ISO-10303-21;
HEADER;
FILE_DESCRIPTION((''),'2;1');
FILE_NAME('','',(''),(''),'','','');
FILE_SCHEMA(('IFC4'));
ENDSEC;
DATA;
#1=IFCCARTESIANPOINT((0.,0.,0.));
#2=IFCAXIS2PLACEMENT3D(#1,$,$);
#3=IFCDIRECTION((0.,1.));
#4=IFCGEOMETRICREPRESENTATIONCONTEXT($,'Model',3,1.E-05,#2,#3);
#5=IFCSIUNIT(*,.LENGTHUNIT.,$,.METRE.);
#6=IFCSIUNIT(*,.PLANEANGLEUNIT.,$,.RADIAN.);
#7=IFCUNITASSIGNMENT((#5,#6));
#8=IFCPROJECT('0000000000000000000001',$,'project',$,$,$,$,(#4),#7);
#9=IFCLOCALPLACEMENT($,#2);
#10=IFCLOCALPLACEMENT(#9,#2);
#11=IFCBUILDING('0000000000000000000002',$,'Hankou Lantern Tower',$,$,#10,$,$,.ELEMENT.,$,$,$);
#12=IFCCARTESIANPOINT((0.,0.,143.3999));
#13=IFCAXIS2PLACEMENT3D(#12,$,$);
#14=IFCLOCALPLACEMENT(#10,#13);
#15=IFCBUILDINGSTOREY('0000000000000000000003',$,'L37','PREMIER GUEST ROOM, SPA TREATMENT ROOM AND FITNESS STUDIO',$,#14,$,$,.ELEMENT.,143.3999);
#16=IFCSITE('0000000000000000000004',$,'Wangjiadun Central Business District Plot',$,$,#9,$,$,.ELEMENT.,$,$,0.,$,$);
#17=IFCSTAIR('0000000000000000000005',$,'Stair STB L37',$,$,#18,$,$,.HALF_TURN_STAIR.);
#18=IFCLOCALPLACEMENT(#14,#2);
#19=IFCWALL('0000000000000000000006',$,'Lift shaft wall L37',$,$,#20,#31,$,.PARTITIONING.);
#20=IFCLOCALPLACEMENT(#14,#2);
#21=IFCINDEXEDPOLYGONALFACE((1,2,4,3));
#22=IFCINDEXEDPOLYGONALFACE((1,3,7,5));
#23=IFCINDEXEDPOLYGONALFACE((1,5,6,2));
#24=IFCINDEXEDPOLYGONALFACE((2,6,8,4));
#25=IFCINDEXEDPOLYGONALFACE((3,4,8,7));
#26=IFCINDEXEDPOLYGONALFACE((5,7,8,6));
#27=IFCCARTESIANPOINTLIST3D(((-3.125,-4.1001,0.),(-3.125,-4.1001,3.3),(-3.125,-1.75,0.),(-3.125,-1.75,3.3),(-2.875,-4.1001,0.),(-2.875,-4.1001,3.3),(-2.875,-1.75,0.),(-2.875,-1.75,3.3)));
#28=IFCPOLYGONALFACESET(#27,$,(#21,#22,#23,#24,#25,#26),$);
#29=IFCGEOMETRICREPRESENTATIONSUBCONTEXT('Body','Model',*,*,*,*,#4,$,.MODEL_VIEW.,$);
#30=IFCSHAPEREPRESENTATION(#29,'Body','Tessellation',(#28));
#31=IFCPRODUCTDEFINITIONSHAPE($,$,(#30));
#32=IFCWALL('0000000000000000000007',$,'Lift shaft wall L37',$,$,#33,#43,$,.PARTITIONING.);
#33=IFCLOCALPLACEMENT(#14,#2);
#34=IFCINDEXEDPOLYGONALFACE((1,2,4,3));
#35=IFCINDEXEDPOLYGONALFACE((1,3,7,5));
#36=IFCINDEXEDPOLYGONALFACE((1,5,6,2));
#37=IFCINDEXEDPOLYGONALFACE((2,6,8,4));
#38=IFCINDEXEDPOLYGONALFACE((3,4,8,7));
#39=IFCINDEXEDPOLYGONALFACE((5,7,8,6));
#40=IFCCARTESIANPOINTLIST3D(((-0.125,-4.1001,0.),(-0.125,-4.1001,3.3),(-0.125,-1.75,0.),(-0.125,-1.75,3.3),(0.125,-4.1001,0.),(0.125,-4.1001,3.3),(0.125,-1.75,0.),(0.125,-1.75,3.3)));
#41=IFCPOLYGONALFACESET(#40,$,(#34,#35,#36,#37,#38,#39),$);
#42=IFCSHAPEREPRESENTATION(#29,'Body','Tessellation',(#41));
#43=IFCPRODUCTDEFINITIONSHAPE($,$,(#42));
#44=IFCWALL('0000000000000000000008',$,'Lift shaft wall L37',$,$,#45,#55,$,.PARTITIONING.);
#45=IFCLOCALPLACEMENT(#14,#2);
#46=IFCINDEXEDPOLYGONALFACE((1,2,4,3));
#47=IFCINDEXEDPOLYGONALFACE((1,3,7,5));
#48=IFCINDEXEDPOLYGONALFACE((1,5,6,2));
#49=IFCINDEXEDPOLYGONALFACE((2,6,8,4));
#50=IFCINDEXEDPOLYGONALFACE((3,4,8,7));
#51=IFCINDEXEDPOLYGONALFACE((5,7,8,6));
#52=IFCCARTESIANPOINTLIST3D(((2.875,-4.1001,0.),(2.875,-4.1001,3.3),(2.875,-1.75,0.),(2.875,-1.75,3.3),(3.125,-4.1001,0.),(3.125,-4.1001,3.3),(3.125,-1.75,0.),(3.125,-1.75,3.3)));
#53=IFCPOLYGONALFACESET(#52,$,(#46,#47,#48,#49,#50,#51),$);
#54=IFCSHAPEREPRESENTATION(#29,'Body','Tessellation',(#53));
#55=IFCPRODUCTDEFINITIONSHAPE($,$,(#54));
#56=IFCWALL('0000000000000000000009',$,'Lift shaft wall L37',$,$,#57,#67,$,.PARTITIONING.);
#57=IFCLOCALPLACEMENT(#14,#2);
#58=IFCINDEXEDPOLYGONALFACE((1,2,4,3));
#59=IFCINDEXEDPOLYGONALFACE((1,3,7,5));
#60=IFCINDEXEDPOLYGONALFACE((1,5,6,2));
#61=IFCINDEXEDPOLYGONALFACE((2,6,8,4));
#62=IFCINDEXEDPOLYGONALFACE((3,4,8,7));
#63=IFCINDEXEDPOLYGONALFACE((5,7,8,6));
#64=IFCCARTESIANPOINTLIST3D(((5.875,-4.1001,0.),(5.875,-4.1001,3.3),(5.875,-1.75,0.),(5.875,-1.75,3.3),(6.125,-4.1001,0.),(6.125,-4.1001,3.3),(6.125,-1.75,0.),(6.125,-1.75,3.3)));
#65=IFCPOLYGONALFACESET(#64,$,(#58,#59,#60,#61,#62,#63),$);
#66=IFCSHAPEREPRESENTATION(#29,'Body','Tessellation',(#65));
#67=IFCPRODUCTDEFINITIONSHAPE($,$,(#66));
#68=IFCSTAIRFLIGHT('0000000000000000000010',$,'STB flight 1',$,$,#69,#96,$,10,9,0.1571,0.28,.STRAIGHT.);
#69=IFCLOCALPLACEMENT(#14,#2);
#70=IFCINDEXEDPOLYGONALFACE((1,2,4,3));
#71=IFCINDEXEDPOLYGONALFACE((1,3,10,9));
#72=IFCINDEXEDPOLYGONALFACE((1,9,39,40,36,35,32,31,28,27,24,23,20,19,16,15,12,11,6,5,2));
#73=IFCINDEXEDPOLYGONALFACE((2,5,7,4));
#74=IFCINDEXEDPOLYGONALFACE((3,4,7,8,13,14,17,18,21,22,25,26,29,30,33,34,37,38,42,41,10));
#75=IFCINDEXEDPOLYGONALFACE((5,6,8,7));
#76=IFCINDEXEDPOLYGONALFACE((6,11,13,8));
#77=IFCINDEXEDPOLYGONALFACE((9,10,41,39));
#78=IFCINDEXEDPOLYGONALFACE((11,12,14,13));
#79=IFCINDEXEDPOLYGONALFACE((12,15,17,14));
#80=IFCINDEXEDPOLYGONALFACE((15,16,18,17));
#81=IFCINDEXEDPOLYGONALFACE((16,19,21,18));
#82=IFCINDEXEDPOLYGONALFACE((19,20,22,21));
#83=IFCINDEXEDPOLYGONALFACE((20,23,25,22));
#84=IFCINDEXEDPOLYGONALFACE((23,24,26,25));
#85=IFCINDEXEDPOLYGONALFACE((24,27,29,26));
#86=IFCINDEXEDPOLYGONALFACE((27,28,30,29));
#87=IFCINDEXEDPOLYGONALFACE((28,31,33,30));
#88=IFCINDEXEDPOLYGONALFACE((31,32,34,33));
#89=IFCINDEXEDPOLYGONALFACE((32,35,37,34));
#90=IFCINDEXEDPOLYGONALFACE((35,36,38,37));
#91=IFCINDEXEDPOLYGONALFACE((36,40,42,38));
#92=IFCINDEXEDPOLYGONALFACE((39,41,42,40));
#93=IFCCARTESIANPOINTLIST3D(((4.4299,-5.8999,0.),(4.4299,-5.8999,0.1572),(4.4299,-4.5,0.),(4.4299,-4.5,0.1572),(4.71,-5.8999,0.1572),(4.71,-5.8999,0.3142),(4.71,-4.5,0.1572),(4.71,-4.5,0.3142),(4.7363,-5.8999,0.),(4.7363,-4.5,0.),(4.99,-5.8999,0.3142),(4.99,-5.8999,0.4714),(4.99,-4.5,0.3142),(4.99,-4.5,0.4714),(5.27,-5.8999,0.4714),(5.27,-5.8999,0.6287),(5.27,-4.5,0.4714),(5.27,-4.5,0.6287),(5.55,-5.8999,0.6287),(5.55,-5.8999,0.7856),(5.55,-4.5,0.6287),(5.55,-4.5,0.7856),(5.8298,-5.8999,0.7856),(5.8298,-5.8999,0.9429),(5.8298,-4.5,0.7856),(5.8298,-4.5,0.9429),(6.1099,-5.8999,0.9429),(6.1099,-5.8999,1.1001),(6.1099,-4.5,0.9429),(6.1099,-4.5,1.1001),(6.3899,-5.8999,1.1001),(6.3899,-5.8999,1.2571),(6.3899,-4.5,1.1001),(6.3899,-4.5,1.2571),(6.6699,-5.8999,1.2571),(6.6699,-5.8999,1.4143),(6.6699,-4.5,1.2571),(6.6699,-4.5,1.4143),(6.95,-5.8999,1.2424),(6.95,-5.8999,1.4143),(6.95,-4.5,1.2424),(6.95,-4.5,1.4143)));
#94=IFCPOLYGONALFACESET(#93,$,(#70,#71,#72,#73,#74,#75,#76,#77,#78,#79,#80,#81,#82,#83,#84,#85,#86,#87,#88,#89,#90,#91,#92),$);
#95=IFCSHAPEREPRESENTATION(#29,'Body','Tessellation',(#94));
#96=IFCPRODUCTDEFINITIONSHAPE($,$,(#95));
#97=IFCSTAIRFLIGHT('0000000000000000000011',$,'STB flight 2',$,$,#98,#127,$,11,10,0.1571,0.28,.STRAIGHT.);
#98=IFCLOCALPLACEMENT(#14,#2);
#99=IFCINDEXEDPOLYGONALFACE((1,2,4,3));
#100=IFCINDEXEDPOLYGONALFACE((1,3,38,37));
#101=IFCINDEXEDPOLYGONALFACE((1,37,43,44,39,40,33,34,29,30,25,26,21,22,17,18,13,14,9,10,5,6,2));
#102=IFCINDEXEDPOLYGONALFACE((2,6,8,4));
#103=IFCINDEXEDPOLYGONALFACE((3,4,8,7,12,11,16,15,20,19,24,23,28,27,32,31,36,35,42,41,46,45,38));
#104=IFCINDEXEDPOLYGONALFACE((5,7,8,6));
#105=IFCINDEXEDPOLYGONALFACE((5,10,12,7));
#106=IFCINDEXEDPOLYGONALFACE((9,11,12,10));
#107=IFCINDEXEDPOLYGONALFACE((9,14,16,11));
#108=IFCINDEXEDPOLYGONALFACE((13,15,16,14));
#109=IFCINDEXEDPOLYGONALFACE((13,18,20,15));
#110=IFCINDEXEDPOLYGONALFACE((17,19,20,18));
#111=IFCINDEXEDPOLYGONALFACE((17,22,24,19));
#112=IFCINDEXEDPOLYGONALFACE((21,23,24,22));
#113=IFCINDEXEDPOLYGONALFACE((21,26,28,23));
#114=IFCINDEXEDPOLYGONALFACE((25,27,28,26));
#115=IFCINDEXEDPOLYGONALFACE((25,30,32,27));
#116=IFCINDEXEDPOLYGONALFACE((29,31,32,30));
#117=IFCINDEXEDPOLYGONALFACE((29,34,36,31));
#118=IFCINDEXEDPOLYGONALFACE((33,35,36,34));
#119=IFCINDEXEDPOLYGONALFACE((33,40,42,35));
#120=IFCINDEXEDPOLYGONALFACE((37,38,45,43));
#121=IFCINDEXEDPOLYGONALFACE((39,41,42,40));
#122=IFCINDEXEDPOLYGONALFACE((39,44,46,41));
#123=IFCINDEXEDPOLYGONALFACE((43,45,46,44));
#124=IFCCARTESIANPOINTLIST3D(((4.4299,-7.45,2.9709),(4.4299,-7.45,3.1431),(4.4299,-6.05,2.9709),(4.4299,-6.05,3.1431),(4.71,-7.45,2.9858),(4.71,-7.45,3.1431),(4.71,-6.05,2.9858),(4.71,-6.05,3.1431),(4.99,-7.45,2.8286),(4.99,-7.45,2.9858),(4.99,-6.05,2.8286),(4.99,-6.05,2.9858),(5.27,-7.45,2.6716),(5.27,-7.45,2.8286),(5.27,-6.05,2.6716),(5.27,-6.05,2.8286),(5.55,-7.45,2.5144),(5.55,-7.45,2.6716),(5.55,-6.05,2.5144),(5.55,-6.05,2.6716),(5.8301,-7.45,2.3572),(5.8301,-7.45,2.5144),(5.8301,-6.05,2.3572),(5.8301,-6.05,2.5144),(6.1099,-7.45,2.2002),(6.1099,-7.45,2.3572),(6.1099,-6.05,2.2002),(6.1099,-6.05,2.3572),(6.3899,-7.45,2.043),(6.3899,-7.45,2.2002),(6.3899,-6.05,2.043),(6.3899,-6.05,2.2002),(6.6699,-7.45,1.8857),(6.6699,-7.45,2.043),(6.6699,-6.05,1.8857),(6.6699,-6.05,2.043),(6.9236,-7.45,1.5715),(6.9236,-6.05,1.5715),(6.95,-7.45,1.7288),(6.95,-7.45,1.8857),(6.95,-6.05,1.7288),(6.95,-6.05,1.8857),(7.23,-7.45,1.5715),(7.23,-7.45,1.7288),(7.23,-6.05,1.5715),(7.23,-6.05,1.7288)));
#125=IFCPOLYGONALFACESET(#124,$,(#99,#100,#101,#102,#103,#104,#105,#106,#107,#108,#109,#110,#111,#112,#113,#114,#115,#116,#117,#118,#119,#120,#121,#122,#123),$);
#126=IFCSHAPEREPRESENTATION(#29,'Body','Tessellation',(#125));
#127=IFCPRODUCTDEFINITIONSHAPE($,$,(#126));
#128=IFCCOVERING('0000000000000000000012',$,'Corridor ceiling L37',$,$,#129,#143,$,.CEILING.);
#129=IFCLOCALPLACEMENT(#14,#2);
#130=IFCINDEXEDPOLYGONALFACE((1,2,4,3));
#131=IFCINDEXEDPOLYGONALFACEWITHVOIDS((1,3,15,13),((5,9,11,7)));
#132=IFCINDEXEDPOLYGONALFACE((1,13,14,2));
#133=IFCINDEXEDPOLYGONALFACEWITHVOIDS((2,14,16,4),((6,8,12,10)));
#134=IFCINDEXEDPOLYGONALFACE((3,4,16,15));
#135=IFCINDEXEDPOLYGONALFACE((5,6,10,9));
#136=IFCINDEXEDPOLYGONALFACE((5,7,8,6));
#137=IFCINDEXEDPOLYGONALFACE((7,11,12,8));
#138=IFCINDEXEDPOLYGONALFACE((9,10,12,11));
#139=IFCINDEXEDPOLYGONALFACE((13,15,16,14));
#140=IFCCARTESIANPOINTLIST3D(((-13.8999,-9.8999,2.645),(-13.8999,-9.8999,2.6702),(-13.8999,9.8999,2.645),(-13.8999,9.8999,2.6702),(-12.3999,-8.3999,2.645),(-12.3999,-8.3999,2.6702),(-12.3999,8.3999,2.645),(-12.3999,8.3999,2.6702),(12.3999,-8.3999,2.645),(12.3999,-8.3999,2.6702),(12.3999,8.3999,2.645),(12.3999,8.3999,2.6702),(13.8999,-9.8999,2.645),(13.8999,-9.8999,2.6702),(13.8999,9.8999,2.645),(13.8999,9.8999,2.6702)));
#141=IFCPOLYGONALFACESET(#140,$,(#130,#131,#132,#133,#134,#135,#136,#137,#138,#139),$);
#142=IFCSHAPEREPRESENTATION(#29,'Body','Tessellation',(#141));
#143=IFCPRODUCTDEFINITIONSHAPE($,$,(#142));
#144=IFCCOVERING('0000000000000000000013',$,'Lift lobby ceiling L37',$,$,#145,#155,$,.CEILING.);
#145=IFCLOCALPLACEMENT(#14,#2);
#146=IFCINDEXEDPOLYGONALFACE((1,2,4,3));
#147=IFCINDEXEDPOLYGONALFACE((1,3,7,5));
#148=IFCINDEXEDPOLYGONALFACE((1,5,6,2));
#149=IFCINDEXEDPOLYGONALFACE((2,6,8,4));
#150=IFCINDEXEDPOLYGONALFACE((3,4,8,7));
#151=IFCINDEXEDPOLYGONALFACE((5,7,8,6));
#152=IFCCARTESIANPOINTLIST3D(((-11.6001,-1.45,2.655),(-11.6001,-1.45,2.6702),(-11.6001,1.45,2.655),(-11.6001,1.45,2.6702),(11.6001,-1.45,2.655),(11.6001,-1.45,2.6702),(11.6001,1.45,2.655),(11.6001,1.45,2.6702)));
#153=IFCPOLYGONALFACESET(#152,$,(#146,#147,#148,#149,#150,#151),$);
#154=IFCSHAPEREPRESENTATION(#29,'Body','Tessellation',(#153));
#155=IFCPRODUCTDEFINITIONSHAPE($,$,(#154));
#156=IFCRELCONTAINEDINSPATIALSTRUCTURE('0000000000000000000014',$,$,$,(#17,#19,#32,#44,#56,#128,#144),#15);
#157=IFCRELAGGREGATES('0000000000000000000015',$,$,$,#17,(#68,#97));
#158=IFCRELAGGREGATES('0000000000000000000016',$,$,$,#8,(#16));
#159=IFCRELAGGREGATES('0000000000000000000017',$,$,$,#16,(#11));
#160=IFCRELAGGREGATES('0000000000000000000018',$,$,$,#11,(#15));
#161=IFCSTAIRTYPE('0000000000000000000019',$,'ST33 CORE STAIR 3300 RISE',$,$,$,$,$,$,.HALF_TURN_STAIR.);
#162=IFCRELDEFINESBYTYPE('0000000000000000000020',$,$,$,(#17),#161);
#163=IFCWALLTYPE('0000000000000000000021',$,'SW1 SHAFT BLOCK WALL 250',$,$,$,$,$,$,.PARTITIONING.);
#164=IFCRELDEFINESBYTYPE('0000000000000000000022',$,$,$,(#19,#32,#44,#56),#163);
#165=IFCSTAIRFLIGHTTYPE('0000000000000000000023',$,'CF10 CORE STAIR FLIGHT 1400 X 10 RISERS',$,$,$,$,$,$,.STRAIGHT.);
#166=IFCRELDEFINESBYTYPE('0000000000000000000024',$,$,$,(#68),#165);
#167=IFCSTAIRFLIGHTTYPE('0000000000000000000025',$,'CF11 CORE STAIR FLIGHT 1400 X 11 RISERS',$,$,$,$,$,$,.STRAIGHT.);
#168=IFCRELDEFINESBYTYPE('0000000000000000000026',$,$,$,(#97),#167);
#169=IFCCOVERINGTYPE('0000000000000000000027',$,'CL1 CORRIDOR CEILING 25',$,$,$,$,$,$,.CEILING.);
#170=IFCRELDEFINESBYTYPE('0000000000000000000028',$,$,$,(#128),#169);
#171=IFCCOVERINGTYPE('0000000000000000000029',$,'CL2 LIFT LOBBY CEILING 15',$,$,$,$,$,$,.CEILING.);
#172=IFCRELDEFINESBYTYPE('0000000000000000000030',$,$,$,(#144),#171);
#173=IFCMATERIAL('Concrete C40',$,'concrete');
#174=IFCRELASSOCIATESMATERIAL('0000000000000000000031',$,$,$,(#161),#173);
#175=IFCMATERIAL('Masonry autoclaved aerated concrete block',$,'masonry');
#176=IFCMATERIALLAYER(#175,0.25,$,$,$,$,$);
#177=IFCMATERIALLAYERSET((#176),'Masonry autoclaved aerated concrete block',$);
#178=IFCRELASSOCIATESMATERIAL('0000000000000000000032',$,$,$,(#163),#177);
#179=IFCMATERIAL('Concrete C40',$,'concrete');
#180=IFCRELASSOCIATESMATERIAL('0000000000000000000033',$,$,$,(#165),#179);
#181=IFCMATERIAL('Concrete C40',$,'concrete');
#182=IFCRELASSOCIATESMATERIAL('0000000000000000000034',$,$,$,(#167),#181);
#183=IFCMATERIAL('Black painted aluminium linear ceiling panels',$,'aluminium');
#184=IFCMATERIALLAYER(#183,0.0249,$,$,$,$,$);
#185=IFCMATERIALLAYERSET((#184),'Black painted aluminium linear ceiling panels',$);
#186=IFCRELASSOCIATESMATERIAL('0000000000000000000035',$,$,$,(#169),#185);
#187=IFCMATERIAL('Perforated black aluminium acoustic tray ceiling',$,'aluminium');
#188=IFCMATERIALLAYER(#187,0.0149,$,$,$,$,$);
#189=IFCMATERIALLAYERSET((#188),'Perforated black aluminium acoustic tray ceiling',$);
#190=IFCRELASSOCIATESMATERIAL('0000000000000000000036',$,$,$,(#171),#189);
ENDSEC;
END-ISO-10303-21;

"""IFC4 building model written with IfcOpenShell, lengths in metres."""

from ifc_helpers import new_model, si_unit, direction, frame, frame_2d, origin, place, context, subcontext, project, spatial, polyline, rectangle, outline, extrude, material, layer, layer_set, type_object, element, aggregate, save


model = new_model("IFC4")

# Units and contexts
model_context = context("Model", 3, precision=1e-05, world=origin(), true_north=direction((0.0, 1.0)))
body_context = subcontext(model_context, "Body", "Model", "MODEL_VIEW")
ifc_project = project(units=[si_unit("LENGTHUNIT", "METRE"), si_unit("PLANEANGLEUNIT", "RADIAN")], contexts=[model_context])

# Site, building, storey
site_placement = place(None, origin())
site = spatial("IfcSite", under=ifc_project, at=site_placement, Name="Wangjiadun Central Business District Plot", CompositionType="ELEMENT", RefElevation=0.0)
building_placement = place(site_placement, origin())
building = spatial("IfcBuilding", under=site, at=building_placement, Name="Hankou Lantern Tower", CompositionType="ELEMENT")
storey_placement = place(building_placement, frame((0.0, 0.0, 143.3999)))
storey = spatial("IfcBuildingStorey", under=building, at=storey_placement, Name="L37", Description="PREMIER GUEST ROOM, SPA TREATMENT ROOM AND FITNESS STUDIO", CompositionType="ELEMENT", Elevation=143.3999)

# Stair
ifc_material_1 = material(Name="Concrete C40", Category="concrete")
stair_type = type_object("IfcStairType", Name="ST33 CORE STAIR 3300 RISE", PredefinedType="HALF_TURN_STAIR", material=ifc_material_1)
stair_1_placement = place(storey_placement, origin())
stair_1 = element("IfcStair", 1, at=stair_1_placement, inside=storey, type_object=stair_type, Name="Stair STB L37", PredefinedType="HALF_TURN_STAIR")

# Walls
ifc_material_2 = material(Name="Masonry autoclaved aerated concrete block", Category="masonry")
ifc_layer_1 = layer(ifc_material_2, 0.25)
ifc_layer_set_1 = layer_set([ifc_layer_1], Name="Masonry autoclaved aerated concrete block")
wall_type_1 = type_object("IfcWallType", Name="SW1 SHAFT BLOCK WALL 250", PredefinedType="PARTITIONING", material=ifc_layer_set_1)
for number, where, z_axis, x_axis, name in (
    (2, (-3.0, -4.1001, 0.0), (0.0, 0.0, 1.0), (0.0, 1.0, 0.0), "Lift shaft wall L37"),
    (3, (0.0, -4.1001, 0.0), (0.0, 0.0, 1.0), (0.0, 1.0, 0.0), "Lift shaft wall L37"),
    (4, (3.0, -4.1001, 0.0), (0.0, 0.0, 1.0), (0.0, 1.0, 0.0), "Lift shaft wall L37"),
    (5, (6.0, -4.1001, 0.0), (0.0, 0.0, 1.0), (0.0, 1.0, 0.0), "Lift shaft wall L37"),
):
    element("IfcWall", number, at=place(storey_placement, frame(where, z_axis=z_axis, x_axis=x_axis)), inside=storey, type_object=wall_type_1, Name=name, PredefinedType="PARTITIONING", context=body_context, shape_type="SweptSolid", body=[
        extrude(rectangle(XDim=2.3501, YDim=0.25, at=frame_2d((1.175, 0.0))), origin(), (0.0, 0.0, 1.0), 3.3),
    ])

# Stair flights
ifc_material_3 = material(Name="Concrete C40", Category="concrete")
stair_flight_type_1 = type_object("IfcStairFlightType", Name="CF10 CORE STAIR FLIGHT 1400 X 10 RISERS", PredefinedType="STRAIGHT", material=ifc_material_3)
stair_flight_1_placement = place(storey_placement, frame((4.4299, -5.2, 0.0), z_axis=(0.0, 0.0, 1.0), x_axis=(1.0, 0.0, 0.0)))
stair_flight_1 = element("IfcStairFlight", 6, at=stair_flight_1_placement, type_object=stair_flight_type_1, Name="STB flight 1", NumberOfRisers=10, NumberOfTreads=9, PredefinedType="STRAIGHT", RiserHeight=0.1571, TreadLength=0.28, context=body_context, shape_type="SweptSolid", body=[
    extrude(outline(polyline([(0.0, 0.0), (0.0, 0.1572), (0.28, 0.1572), (0.28, 0.3142), (0.5601, 0.3142), (0.5601, 0.4714), (0.8401, 0.4714), (0.8401, 0.6287), (1.1201, 0.6287), (1.1201, 0.7856), (1.3999, 0.7856), (1.3999, 0.9429), (1.6799, 0.9429), (1.6799, 1.1001), (1.96, 1.1001), (1.96, 1.2571), (2.24, 1.2571), (2.24, 1.4143), (2.52, 1.4143), (2.52, 1.5715), (2.52, 1.2424), (0.3064, 0.0), (0.0, 0.0)])), frame((0.0, 0.7, 0.0), z_axis=(0.0, -1.0, 0.0), x_axis=(1.0, 0.0, 0.0)), (0.0, 0.0, 1.0), 1.3999),
])
ifc_material_4 = material(Name="Concrete C40", Category="concrete")
stair_flight_type_2 = type_object("IfcStairFlightType", Name="CF11 CORE STAIR FLIGHT 1400 X 11 RISERS", PredefinedType="STRAIGHT", material=ifc_material_4)
stair_flight_2_placement = place(storey_placement, frame((7.23, -6.75, 1.5715), z_axis=(0.0, 0.0, 1.0), x_axis=(-1.0, 0.0, 0.0)))
stair_flight_2 = element("IfcStairFlight", 7, at=stair_flight_2_placement, type_object=stair_flight_type_2, Name="STB flight 2", NumberOfRisers=11, NumberOfTreads=10, PredefinedType="STRAIGHT", RiserHeight=0.1571, TreadLength=0.28, context=body_context, shape_type="SweptSolid", body=[
    extrude(outline(polyline([(0.0, 0.0), (0.0, 0.1572), (0.28, 0.1572), (0.28, 0.3142), (0.5601, 0.3142), (0.5601, 0.4714), (0.8401, 0.4714), (0.8401, 0.6287), (1.1201, 0.6287), (1.1201, 0.7856), (1.3999, 0.7856), (1.3999, 0.9429), (1.6799, 0.9429), (1.6799, 1.1001), (1.96, 1.1001), (1.96, 1.2571), (2.24, 1.2571), (2.24, 1.4143), (2.52, 1.4143), (2.52, 1.5715), (2.8, 1.5715), (2.8, 1.7285), (2.8, 1.3994), (0.3064, 0.0), (0.0, 0.0)])), frame((0.0, 0.7, 0.0), z_axis=(0.0, -1.0, 0.0), x_axis=(1.0, 0.0, 0.0)), (0.0, 0.0, 1.0), 1.3999),
])
aggregate(stair_1, [stair_flight_1, stair_flight_2])

# Coverings
ifc_material_5 = material(Name="Black painted aluminium linear ceiling panels", Category="aluminium")
ifc_layer_2 = layer(ifc_material_5, 0.0249)
ifc_layer_set_2 = layer_set([ifc_layer_2], Name="Black painted aluminium linear ceiling panels")
covering_type_1 = type_object("IfcCoveringType", Name="CL1 CORRIDOR CEILING 25", PredefinedType="CEILING", material=ifc_layer_set_2)
covering_1_placement = place(storey_placement, frame((0.0, 0.0, 2.645)))
element("IfcCovering", 8, at=covering_1_placement, inside=storey, type_object=covering_type_1, Name="Corridor ceiling L37", PredefinedType="CEILING", context=body_context, shape_type="SweptSolid", body=[
    extrude(outline(polyline([(-13.8999, -9.8999), (13.8999, -9.8999), (13.8999, 9.8999), (-13.8999, 9.8999), (-13.8999, -9.8999)]), holes=[polyline([(-12.3999, 8.3999), (12.3999, 8.3999), (12.3999, -8.3999), (-12.3999, -8.3999), (-12.3999, 8.3999)])]), origin(), (0.0, 0.0, 1.0), 0.0251),
])
ifc_material_6 = material(Name="Perforated black aluminium acoustic tray ceiling", Category="aluminium")
ifc_layer_3 = layer(ifc_material_6, 0.0149)
ifc_layer_set_3 = layer_set([ifc_layer_3], Name="Perforated black aluminium acoustic tray ceiling")
covering_type_2 = type_object("IfcCoveringType", Name="CL2 LIFT LOBBY CEILING 15", PredefinedType="CEILING", material=ifc_layer_set_3)
covering_2_placement = place(storey_placement, frame((0.0, 0.0, 2.655)))
element("IfcCovering", 9, at=covering_2_placement, inside=storey, type_object=covering_type_2, Name="Lift lobby ceiling L37", PredefinedType="CEILING", context=body_context, shape_type="SweptSolid", body=[
    extrude(outline(polyline([(-11.6001, -1.45), (11.6001, -1.45), (11.6001, 1.45), (-11.6001, 1.45), (-11.6001, -1.45)])), origin(), (0.0, 0.0, 1.0), 0.0151),
])

save(model, "model.ifc")
